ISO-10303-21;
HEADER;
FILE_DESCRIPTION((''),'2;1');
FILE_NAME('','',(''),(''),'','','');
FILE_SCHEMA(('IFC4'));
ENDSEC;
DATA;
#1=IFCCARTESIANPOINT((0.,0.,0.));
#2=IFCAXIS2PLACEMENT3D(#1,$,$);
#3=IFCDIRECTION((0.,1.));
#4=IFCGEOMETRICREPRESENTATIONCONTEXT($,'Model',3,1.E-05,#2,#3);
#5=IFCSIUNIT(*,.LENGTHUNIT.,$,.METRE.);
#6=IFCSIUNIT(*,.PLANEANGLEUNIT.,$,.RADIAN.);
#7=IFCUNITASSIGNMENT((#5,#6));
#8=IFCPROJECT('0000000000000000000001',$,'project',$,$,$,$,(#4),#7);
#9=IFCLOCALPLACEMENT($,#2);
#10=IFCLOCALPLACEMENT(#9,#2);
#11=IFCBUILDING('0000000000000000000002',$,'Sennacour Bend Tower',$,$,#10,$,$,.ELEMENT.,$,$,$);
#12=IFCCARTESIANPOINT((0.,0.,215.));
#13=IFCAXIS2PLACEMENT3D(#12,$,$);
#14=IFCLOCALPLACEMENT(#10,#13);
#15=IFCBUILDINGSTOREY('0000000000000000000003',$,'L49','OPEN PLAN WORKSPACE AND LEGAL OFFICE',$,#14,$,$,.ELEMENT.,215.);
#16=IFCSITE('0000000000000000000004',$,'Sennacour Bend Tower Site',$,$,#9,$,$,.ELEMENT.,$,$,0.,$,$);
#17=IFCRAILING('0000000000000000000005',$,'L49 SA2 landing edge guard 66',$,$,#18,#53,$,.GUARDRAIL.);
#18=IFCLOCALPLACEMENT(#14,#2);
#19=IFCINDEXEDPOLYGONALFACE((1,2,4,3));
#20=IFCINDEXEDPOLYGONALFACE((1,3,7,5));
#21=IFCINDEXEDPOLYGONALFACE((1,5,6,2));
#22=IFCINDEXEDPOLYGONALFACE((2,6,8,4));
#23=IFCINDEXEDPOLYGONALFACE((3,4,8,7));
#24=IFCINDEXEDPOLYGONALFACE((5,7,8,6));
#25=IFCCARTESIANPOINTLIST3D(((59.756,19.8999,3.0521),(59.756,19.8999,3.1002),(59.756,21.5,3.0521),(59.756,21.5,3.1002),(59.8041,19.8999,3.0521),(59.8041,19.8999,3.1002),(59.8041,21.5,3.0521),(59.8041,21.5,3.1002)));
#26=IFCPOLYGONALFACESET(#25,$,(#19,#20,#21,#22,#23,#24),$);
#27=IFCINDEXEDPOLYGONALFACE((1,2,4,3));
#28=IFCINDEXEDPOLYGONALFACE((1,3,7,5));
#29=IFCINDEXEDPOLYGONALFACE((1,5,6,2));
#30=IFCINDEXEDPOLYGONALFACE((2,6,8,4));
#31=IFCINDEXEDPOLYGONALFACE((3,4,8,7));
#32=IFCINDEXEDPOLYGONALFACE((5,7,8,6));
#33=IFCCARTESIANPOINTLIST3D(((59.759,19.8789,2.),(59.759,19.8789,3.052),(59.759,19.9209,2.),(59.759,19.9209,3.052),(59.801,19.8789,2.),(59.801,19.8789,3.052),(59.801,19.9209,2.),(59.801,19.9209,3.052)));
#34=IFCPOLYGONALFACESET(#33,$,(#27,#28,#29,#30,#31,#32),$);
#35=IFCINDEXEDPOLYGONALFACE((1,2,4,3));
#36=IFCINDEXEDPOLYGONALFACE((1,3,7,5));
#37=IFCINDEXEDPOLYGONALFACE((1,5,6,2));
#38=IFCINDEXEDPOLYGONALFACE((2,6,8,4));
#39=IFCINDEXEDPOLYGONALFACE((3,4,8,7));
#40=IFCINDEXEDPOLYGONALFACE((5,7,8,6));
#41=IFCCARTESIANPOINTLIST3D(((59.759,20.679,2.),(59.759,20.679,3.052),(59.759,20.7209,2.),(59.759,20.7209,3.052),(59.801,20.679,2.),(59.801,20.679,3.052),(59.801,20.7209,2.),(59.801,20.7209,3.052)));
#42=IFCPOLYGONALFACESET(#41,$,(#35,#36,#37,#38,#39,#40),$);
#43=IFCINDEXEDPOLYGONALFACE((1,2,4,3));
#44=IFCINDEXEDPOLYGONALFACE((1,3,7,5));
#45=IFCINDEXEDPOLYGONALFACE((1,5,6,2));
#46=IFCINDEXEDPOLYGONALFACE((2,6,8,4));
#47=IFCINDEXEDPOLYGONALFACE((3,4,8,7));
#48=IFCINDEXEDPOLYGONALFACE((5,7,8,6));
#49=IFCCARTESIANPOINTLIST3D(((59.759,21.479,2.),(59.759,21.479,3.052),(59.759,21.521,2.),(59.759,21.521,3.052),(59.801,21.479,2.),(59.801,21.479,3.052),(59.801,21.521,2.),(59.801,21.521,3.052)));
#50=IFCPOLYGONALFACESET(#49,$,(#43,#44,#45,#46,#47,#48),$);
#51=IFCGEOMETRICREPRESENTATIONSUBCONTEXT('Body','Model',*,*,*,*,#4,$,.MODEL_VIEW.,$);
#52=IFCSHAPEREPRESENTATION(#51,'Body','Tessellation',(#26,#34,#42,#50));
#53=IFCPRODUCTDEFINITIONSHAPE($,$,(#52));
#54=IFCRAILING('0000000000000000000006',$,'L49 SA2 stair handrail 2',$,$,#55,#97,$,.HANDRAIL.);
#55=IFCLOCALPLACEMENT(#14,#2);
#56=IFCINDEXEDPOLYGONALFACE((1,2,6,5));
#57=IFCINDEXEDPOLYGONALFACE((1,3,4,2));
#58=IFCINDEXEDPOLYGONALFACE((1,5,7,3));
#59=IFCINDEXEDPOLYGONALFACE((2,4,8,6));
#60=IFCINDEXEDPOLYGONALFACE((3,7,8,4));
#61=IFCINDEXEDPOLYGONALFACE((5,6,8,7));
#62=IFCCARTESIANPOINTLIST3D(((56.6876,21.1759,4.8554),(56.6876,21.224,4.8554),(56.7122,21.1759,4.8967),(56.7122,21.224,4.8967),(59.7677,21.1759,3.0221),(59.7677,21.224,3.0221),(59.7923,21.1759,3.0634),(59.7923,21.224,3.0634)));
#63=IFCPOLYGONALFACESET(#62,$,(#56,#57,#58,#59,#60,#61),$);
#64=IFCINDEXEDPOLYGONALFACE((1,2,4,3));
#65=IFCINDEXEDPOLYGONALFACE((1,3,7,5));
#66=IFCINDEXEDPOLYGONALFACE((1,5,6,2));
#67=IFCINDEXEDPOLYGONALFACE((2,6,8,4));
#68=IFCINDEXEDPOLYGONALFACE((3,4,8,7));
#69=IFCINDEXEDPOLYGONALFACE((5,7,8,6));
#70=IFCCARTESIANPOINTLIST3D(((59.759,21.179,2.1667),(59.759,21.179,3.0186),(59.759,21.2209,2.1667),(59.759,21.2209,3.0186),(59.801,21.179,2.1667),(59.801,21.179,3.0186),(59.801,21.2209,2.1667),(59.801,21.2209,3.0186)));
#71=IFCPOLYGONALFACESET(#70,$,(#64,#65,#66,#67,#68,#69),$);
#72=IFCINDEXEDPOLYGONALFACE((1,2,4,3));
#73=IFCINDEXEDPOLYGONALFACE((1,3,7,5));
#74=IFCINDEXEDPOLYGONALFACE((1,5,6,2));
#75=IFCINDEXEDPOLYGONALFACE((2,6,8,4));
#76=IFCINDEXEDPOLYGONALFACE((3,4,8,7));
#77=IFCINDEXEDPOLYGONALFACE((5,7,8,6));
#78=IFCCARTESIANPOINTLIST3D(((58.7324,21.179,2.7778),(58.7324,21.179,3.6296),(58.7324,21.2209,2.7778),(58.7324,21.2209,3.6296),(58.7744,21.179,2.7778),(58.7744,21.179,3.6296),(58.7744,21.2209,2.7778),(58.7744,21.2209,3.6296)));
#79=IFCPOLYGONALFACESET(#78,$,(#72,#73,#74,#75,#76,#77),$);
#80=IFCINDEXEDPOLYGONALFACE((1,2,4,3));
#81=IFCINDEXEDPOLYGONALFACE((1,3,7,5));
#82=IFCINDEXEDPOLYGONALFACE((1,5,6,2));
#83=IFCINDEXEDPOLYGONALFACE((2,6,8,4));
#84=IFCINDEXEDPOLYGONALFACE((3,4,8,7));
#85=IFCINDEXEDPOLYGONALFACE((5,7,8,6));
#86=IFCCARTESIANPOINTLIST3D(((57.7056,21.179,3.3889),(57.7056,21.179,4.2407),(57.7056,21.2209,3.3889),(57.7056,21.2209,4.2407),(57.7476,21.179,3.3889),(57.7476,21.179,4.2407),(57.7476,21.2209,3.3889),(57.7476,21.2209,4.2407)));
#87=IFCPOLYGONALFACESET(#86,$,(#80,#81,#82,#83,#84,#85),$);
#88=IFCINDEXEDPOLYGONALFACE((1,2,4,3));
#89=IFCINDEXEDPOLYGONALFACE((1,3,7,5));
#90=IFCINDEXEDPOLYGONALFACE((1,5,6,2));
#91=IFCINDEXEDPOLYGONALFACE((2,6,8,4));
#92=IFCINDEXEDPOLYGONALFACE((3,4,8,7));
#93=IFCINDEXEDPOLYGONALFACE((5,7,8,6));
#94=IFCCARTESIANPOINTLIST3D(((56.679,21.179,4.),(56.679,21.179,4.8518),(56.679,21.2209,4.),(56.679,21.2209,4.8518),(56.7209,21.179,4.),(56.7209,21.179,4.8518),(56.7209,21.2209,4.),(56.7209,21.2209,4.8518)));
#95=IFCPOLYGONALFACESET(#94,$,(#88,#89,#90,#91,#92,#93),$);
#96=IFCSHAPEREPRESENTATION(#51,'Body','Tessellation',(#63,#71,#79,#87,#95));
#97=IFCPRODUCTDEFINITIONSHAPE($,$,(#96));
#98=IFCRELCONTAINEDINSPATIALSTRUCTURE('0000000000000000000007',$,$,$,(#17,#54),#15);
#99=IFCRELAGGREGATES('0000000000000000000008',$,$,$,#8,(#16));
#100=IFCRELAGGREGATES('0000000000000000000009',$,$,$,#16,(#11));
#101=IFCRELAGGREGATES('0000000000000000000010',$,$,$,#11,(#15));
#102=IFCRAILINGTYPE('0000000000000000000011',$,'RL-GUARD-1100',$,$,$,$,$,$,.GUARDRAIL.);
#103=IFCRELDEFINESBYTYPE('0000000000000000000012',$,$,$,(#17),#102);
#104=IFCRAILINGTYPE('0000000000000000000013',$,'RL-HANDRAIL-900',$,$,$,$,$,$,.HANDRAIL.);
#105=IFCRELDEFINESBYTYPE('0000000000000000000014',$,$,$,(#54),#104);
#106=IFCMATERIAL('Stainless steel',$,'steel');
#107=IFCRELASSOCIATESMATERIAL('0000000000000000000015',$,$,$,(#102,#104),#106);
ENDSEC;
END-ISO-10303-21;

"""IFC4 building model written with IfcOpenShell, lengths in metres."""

from ifc_helpers import new_model, si_unit, direction, frame, origin, origin_2d, place, context, subcontext, project, spatial, rectangle, extrude, material, type_object, element, save


model = new_model("IFC4")

# Units and contexts
model_context = context("Model", 3, precision=1e-05, world=origin(), true_north=direction((0.0, 1.0)))
body_context = subcontext(model_context, "Body", "Model", "MODEL_VIEW")
ifc_project = project(units=[si_unit("LENGTHUNIT", "METRE"), si_unit("PLANEANGLEUNIT", "RADIAN")], contexts=[model_context])

# Site, building, storey
site_placement = place(None, origin())
site = spatial("IfcSite", under=ifc_project, at=site_placement, Name="Sennacour Bend Tower Site", CompositionType="ELEMENT", RefElevation=0.0)
building_placement = place(site_placement, origin())
building = spatial("IfcBuilding", under=site, at=building_placement, Name="Sennacour Bend Tower", CompositionType="ELEMENT")
storey_placement = place(building_placement, frame((0.0, 0.0, 215.0)))
storey = spatial("IfcBuildingStorey", under=building, at=storey_placement, Name="L49", Description="OPEN PLAN WORKSPACE AND LEGAL OFFICE", CompositionType="ELEMENT", Elevation=215.0)

# Shared definitions
ifc_material_1 = material(Name="Stainless steel", Category="steel")

# Railings
railing_type_1 = type_object("IfcRailingType", Name="RL-GUARD-1100", PredefinedType="GUARDRAIL", material=ifc_material_1)
railing_1_placement = place(storey_placement, frame((59.78, 19.8999, 2.0)))
element("IfcRailing", 1, at=railing_1_placement, inside=storey, type_object=railing_type_1, Name="L49 SA2 landing edge guard 66", PredefinedType="GUARDRAIL", context=body_context, shape_type="SweptSolid", body=[
    extrude(rectangle(XDim=0.0481, YDim=0.0481, at=origin_2d()), frame((0.0, 0.0, 1.0762), z_axis=(0.0, 1.0, 0.0), x_axis=(-1.0, 0.0, 0.0)), (0.0, 0.0, 1.0), 1.6001),
    extrude(rectangle(XDim=0.042, YDim=0.042, at=origin_2d()), origin(), (0.0, 0.0, 1.0), 1.052),
    extrude(rectangle(XDim=0.042, YDim=0.042, at=origin_2d()), frame((0.0, 0.8, 0.0)), (0.0, 0.0, 1.0), 1.052),
    extrude(rectangle(XDim=0.042, YDim=0.042, at=origin_2d()), frame((0.0, 1.6001, 0.0)), (0.0, 0.0, 1.0), 1.052),
])
railing_type_2 = type_object("IfcRailingType", Name="RL-HANDRAIL-900", PredefinedType="HANDRAIL", material=ifc_material_1)
railing_2_placement = place(storey_placement, frame((59.78, 21.2, 2.1667)))
element("IfcRailing", 2, at=railing_2_placement, inside=storey, type_object=railing_type_2, Name="L49 SA2 stair handrail 2", PredefinedType="HANDRAIL", context=body_context, shape_type="SweptSolid", body=[
    extrude(rectangle(XDim=0.0481, YDim=0.0481, at=origin_2d()), frame((0.0, 0.0, 0.876), z_axis=(-0.859309, 0.0, 0.511458), x_axis=(0.0, -1.0, 0.0)), (0.0, 0.0, 1.0), 3.5845),
    extrude(rectangle(XDim=0.042, YDim=0.042, at=origin_2d()), origin(), (0.0, 0.0, 1.0), 0.8518),
    extrude(rectangle(XDim=0.042, YDim=0.042, at=origin_2d()), frame((-1.0266, 0.0, 0.6111)), (0.0, 0.0, 1.0), 0.8518),
    extrude(rectangle(XDim=0.042, YDim=0.042, at=origin_2d()), frame((-2.0535, 0.0, 1.2222)), (0.0, 0.0, 1.0), 0.8518),
    extrude(rectangle(XDim=0.042, YDim=0.042, at=origin_2d()), frame((-3.0801, 0.0, 1.8333)), (0.0, 0.0, 1.0), 0.8518),
])

save(model, "model.ifc")
